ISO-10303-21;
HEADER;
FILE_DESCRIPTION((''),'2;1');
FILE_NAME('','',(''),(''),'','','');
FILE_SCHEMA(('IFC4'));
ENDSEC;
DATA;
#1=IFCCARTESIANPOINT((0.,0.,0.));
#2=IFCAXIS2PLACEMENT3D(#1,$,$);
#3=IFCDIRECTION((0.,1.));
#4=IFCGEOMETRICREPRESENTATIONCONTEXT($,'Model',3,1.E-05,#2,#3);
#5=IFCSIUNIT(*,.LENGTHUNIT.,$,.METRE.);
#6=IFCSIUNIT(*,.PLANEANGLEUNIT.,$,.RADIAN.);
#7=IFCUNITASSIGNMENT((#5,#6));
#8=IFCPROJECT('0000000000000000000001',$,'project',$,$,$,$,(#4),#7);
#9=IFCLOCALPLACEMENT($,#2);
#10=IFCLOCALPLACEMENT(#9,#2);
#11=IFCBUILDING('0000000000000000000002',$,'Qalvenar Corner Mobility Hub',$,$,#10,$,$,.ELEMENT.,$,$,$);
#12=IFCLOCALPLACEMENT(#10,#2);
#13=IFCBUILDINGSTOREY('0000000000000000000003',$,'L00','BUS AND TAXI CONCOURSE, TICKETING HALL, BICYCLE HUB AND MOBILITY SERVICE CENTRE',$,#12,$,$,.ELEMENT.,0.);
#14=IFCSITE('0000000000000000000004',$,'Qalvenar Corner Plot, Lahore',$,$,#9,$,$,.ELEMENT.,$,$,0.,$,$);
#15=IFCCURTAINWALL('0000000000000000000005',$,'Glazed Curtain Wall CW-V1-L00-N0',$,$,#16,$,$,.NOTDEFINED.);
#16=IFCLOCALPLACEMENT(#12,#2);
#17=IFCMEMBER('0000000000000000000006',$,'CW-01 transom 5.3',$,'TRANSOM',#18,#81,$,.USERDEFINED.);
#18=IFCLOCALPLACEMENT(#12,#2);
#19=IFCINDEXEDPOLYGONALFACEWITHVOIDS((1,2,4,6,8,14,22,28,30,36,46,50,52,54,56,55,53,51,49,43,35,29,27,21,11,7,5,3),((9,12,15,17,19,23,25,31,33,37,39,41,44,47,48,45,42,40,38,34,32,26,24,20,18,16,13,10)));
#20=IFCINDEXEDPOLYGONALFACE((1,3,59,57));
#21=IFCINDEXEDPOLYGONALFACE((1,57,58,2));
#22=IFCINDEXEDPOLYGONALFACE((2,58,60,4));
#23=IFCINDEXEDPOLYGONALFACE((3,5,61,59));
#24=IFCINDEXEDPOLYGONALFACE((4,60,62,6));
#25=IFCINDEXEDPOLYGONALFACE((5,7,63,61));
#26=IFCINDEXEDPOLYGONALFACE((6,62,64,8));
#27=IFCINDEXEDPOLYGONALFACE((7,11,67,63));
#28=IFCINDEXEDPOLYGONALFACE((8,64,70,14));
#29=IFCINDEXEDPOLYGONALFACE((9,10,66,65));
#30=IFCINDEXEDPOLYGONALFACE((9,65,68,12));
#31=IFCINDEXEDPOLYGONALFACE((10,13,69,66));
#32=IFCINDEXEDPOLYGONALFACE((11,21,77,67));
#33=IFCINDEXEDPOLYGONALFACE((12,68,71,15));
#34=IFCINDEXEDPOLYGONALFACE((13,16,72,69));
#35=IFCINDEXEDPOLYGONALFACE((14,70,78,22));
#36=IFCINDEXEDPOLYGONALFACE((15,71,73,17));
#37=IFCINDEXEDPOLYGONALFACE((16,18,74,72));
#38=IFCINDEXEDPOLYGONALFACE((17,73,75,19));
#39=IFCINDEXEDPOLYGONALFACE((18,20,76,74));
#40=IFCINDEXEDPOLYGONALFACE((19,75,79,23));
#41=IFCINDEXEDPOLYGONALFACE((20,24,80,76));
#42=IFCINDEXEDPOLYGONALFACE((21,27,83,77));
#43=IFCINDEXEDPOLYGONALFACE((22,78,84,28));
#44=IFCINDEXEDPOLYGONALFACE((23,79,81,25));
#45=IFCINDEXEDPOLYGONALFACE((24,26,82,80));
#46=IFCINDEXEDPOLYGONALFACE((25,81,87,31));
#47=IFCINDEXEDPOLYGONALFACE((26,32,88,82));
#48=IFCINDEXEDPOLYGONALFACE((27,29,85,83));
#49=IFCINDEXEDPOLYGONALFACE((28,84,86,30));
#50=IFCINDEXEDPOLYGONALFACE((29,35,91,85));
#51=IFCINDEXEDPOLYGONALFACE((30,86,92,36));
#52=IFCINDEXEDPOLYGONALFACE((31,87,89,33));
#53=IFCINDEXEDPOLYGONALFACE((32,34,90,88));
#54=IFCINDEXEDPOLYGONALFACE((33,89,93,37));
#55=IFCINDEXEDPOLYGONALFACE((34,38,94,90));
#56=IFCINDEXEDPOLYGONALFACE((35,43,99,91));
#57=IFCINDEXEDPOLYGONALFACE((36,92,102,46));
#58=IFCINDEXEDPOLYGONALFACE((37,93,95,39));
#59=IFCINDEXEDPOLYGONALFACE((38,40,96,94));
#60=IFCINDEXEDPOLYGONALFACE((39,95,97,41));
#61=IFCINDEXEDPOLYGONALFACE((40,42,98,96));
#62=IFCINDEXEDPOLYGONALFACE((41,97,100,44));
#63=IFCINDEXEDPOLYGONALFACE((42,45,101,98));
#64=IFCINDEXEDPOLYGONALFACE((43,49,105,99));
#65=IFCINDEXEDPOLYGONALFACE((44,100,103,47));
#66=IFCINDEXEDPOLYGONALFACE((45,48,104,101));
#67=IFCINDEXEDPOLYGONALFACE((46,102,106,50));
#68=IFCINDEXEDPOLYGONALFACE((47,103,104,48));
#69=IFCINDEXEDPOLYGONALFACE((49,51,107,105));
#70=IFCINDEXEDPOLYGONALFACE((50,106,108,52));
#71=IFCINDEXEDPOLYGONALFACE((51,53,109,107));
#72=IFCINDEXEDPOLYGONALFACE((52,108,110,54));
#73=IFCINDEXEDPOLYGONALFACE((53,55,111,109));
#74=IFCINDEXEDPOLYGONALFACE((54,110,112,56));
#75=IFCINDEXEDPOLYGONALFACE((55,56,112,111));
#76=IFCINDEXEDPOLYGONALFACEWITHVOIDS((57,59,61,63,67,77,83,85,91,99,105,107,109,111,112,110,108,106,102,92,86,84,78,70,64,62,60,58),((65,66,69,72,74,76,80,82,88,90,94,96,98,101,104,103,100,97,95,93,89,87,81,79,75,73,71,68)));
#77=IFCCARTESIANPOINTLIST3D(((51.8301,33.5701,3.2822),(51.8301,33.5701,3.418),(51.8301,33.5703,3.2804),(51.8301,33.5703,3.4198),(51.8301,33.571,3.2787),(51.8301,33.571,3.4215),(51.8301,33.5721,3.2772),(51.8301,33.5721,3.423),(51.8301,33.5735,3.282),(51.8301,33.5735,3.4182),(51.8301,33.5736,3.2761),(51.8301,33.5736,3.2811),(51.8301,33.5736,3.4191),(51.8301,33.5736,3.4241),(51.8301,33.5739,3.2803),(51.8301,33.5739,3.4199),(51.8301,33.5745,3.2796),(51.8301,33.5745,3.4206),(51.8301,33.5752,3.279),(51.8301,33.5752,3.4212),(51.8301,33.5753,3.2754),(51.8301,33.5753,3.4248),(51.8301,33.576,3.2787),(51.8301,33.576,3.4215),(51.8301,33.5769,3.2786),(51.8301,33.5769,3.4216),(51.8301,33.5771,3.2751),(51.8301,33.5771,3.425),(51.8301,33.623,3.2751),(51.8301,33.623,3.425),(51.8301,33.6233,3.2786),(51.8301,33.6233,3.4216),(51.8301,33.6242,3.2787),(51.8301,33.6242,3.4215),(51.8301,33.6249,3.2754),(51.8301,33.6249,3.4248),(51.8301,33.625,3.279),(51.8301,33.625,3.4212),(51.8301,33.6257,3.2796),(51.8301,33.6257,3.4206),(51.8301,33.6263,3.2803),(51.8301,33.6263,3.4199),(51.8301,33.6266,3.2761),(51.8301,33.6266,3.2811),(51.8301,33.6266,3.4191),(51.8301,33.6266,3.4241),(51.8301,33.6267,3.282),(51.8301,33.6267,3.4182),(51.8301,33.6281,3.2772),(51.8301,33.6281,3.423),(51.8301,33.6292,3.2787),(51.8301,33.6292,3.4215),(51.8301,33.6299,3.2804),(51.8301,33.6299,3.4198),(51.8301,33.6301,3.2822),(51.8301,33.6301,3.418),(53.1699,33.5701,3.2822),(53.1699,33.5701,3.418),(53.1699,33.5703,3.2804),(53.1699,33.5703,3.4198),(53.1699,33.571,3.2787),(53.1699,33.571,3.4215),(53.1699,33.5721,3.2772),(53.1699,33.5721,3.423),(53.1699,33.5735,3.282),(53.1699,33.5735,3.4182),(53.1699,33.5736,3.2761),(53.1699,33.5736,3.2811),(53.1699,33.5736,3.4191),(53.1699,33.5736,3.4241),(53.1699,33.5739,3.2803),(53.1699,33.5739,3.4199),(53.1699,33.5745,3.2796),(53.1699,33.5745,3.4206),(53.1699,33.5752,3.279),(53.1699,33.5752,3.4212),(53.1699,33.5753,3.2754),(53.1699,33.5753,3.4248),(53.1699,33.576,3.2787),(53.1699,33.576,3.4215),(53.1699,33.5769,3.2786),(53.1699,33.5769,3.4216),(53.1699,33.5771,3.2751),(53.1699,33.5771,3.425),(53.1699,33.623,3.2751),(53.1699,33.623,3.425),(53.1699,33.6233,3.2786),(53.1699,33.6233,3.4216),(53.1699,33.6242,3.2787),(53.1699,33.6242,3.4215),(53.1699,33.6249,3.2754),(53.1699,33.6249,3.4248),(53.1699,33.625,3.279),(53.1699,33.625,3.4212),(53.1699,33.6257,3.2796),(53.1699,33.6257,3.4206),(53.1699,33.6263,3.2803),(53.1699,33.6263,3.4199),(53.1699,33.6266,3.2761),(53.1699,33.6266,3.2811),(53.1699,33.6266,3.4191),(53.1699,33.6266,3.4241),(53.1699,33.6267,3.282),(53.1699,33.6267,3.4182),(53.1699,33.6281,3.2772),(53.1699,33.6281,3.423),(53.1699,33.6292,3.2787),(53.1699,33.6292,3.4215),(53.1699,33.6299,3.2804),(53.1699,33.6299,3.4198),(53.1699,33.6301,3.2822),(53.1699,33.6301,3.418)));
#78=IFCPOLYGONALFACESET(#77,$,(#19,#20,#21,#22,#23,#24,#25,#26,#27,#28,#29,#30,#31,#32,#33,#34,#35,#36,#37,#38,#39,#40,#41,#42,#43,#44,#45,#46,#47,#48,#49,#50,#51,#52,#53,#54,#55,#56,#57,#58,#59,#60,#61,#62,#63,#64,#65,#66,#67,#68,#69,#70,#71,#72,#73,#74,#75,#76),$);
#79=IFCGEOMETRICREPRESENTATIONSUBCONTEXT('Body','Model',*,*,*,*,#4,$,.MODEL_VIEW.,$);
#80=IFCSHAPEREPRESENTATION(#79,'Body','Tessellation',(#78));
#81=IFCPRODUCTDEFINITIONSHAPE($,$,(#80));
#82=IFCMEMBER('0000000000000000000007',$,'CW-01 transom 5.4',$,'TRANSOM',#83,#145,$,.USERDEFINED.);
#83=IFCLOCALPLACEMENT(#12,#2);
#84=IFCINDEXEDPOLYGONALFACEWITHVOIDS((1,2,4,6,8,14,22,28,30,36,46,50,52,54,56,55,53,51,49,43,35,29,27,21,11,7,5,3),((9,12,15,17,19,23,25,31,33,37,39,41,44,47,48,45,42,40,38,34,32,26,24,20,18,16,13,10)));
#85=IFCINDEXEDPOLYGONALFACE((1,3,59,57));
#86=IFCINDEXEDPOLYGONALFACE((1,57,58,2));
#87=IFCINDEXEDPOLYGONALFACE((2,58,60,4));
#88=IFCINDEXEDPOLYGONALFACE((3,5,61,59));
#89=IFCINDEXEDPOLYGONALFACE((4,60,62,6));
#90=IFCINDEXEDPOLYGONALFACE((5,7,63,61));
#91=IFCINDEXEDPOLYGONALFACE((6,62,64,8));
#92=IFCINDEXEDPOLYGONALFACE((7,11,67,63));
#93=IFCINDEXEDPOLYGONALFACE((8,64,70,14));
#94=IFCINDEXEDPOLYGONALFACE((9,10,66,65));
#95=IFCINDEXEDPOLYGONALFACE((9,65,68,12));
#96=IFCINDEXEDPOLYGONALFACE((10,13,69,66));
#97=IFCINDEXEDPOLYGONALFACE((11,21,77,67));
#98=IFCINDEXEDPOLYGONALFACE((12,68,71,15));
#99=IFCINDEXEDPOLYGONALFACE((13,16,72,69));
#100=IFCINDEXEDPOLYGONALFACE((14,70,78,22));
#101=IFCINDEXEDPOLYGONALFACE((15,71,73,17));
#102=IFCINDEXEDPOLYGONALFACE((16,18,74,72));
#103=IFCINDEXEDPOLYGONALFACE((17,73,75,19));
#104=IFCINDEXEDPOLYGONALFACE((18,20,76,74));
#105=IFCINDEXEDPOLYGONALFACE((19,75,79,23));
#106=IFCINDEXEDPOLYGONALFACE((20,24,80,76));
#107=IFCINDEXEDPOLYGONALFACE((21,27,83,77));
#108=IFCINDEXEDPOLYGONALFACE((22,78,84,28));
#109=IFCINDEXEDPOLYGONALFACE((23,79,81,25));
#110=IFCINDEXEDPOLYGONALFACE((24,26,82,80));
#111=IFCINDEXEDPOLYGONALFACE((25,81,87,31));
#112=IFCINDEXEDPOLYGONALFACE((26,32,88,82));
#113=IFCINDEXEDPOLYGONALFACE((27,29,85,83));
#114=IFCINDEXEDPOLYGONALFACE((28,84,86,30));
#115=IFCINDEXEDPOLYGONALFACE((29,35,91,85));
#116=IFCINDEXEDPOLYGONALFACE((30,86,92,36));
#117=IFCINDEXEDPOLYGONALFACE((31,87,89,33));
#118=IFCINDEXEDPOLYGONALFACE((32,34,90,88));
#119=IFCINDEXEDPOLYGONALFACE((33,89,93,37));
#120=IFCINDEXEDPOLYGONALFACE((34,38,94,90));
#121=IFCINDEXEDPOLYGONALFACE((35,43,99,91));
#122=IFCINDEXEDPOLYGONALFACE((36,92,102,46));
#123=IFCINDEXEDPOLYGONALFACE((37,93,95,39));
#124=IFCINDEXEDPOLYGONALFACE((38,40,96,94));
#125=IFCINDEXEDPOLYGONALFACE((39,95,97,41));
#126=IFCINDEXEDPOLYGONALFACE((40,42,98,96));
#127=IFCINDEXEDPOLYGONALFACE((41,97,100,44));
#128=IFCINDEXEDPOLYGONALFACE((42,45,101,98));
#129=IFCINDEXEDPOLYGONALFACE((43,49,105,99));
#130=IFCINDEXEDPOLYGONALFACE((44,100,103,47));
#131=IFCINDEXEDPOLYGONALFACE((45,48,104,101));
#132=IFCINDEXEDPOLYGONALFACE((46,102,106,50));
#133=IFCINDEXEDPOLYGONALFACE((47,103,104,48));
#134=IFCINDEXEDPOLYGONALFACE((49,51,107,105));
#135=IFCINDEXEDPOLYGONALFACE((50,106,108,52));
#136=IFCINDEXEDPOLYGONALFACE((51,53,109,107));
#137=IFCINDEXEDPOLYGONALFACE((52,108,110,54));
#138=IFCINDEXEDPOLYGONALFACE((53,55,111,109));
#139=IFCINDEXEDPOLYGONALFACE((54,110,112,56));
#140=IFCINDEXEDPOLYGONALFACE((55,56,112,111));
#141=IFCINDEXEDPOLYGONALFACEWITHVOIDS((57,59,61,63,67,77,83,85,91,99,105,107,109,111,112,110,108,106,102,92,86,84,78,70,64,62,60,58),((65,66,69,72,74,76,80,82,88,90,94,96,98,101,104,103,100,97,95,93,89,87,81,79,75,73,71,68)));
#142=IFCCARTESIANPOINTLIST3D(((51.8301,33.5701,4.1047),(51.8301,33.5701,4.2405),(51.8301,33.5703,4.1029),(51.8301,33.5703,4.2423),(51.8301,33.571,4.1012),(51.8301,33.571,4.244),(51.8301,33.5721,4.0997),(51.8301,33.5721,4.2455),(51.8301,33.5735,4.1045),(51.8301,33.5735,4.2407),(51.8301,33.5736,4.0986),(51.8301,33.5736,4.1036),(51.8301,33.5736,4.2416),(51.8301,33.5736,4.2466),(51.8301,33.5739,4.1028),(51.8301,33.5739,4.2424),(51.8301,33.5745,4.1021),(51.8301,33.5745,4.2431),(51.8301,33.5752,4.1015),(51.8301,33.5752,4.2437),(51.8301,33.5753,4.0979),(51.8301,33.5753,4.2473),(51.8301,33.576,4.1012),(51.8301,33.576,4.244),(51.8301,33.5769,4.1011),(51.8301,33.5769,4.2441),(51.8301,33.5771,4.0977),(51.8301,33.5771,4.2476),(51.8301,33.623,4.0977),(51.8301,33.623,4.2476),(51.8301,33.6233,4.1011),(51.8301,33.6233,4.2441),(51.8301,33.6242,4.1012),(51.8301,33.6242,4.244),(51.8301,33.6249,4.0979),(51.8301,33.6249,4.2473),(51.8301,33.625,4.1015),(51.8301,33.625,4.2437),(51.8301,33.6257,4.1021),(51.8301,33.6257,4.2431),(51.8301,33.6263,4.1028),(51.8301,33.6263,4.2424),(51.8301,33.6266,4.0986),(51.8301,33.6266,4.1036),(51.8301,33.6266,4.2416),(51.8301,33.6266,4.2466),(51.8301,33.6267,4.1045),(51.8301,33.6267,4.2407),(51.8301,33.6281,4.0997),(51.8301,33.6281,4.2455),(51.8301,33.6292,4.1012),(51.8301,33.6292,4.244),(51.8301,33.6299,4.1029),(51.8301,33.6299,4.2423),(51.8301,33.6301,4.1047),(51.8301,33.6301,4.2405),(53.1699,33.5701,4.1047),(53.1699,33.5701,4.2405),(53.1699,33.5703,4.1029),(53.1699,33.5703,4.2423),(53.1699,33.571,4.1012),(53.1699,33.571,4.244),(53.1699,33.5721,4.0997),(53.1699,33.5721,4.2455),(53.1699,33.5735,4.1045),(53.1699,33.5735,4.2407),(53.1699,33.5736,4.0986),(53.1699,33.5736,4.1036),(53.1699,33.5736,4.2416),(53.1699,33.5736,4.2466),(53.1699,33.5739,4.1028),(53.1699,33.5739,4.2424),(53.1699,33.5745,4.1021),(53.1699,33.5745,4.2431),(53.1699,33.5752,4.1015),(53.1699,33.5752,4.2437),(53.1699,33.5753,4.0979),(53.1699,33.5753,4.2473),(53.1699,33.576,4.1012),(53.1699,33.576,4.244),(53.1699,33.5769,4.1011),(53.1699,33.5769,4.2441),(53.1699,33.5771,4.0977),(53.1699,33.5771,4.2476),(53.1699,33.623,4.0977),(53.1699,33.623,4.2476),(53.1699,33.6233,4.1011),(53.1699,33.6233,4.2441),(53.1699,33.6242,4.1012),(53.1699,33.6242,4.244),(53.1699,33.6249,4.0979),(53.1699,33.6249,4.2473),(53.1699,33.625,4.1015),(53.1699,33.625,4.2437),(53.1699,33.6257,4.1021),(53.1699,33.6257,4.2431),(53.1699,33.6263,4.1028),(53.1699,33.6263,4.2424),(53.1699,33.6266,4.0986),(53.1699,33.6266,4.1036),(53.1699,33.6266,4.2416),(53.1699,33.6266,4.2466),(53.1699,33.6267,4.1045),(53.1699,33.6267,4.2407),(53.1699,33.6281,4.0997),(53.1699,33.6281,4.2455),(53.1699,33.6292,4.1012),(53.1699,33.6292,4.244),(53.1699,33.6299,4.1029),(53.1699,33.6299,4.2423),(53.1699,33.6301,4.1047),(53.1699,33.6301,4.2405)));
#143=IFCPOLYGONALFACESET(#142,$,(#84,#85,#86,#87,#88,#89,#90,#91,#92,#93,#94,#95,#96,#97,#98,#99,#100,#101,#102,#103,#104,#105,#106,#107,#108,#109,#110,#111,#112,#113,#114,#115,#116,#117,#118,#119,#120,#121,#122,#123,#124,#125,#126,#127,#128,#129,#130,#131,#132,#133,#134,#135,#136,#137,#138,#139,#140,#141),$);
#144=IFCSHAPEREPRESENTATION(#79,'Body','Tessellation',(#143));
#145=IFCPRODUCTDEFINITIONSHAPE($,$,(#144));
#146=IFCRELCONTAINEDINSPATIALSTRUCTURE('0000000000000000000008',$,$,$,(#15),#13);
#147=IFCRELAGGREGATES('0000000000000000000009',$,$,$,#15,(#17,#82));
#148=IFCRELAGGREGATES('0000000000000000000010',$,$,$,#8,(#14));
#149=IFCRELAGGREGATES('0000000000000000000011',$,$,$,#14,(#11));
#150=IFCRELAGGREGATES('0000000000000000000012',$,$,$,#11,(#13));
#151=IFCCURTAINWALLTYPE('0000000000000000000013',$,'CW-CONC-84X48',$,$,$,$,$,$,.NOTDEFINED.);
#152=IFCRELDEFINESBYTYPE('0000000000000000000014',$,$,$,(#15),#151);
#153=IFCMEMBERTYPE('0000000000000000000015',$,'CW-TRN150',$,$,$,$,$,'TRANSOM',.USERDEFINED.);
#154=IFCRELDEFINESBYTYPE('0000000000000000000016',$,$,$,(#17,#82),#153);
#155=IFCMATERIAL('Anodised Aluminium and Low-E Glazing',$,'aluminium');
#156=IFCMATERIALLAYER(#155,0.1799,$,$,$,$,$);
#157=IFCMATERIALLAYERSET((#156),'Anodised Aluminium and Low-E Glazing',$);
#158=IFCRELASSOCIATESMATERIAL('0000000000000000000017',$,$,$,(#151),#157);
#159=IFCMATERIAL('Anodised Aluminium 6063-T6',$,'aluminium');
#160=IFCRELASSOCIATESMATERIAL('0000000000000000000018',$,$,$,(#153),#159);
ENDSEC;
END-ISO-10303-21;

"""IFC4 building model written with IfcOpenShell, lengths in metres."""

from ifc_helpers import new_model, si_unit, direction, frame, origin, origin_2d, place, context, subcontext, project, spatial, hollow_rectangle, extrude, material, layer, layer_set, material_profile, profile_set, type_object, element, aggregate, save


model = new_model("IFC4")

# Units and contexts
model_context = context("Model", 3, precision=1e-05, world=origin(), true_north=direction((0.0, 1.0)))
body_context = subcontext(model_context, "Body", "Model", "MODEL_VIEW")
ifc_project = project(units=[si_unit("LENGTHUNIT", "METRE"), si_unit("PLANEANGLEUNIT", "RADIAN")], contexts=[model_context])

# Site, building, storey
site_placement = place(None, origin())
site = spatial("IfcSite", under=ifc_project, at=site_placement, Name="Qalvenar Corner Plot, Lahore", CompositionType="ELEMENT", RefElevation=0.0)
building_placement = place(site_placement, origin())
building = spatial("IfcBuilding", under=site, at=building_placement, Name="Qalvenar Corner Mobility Hub", CompositionType="ELEMENT")
storey_placement = place(building_placement, origin())
storey = spatial("IfcBuildingStorey", under=building, at=storey_placement, Name="L00", Description="BUS AND TAXI CONCOURSE, TICKETING HALL, BICYCLE HUB AND MOBILITY SERVICE CENTRE", CompositionType="ELEMENT", Elevation=0.0)

# Curtain wall, members
ifc_material_1 = material(Name="Anodised Aluminium and Low-E Glazing", Category="aluminium")
ifc_layer_1 = layer(ifc_material_1, 0.1799)
ifc_layer_set_1 = layer_set([ifc_layer_1], Name="Anodised Aluminium and Low-E Glazing")
curtain_wall_type = type_object("IfcCurtainWallType", Name="CW-CONC-84X48", PredefinedType="NOTDEFINED", material=ifc_layer_set_1)
curtain_wall_placement = place(storey_placement, origin())
curtain_wall = element("IfcCurtainWall", 1, at=curtain_wall_placement, inside=storey, type_object=curtain_wall_type, Name="Glazed Curtain Wall CW-V1-L00-N0", PredefinedType="NOTDEFINED")
ifc_material_2 = material(Name="Anodised Aluminium 6063-T6", Category="aluminium")
ifc_material_profile_1 = material_profile(ifc_material_2, hollow_rectangle(XDim=0.0601, YDim=0.1499, WallThickness=0.0034, InnerFilletRadius=0.0034, OuterFilletRadius=0.0071, at=origin_2d()), Name="RHS150x60x3.5")
ifc_profile_set_1 = profile_set([ifc_material_profile_1], Name="Anodised Aluminium 6063-T6")
member_type_1 = type_object("IfcMemberType", Name="CW-TRN150", ElementType="TRANSOM", PredefinedType="USERDEFINED", material=ifc_profile_set_1)
member_1_placement = place(storey_placement, frame((53.1699, 33.6001, 3.3501), z_axis=(-1.0, 0.0, 0.0), x_axis=(0.0, -1.0, 0.0)))
member_1 = element("IfcMember", 2, at=member_1_placement, type_object=member_type_1, Name="CW-01 transom 5.3", ObjectType="TRANSOM", PredefinedType="USERDEFINED", context=body_context, shape_type="SweptSolid", body=[
    extrude(hollow_rectangle(XDim=0.0601, YDim=0.1499, WallThickness=0.0034, InnerFilletRadius=0.0034, OuterFilletRadius=0.0071, at=origin_2d()), origin(), (0.0, 0.0, 1.0), 1.3398),
])
member_2_placement = place(storey_placement, frame((53.1699, 33.6001, 4.1726), z_axis=(-1.0, 0.0, 0.0), x_axis=(0.0, -1.0, 0.0)))
member_2 = element("IfcMember", 3, at=member_2_placement, type_object=member_type_1, Name="CW-01 transom 5.4", ObjectType="TRANSOM", PredefinedType="USERDEFINED", context=body_context, shape_type="SweptSolid", body=[
    extrude(hollow_rectangle(XDim=0.0601, YDim=0.1499, WallThickness=0.0034, InnerFilletRadius=0.0034, OuterFilletRadius=0.0071, at=origin_2d()), origin(), (0.0, 0.0, 1.0), 1.3398),
])
aggregate(curtain_wall, [member_1, member_2])

save(model, "model.ifc")
